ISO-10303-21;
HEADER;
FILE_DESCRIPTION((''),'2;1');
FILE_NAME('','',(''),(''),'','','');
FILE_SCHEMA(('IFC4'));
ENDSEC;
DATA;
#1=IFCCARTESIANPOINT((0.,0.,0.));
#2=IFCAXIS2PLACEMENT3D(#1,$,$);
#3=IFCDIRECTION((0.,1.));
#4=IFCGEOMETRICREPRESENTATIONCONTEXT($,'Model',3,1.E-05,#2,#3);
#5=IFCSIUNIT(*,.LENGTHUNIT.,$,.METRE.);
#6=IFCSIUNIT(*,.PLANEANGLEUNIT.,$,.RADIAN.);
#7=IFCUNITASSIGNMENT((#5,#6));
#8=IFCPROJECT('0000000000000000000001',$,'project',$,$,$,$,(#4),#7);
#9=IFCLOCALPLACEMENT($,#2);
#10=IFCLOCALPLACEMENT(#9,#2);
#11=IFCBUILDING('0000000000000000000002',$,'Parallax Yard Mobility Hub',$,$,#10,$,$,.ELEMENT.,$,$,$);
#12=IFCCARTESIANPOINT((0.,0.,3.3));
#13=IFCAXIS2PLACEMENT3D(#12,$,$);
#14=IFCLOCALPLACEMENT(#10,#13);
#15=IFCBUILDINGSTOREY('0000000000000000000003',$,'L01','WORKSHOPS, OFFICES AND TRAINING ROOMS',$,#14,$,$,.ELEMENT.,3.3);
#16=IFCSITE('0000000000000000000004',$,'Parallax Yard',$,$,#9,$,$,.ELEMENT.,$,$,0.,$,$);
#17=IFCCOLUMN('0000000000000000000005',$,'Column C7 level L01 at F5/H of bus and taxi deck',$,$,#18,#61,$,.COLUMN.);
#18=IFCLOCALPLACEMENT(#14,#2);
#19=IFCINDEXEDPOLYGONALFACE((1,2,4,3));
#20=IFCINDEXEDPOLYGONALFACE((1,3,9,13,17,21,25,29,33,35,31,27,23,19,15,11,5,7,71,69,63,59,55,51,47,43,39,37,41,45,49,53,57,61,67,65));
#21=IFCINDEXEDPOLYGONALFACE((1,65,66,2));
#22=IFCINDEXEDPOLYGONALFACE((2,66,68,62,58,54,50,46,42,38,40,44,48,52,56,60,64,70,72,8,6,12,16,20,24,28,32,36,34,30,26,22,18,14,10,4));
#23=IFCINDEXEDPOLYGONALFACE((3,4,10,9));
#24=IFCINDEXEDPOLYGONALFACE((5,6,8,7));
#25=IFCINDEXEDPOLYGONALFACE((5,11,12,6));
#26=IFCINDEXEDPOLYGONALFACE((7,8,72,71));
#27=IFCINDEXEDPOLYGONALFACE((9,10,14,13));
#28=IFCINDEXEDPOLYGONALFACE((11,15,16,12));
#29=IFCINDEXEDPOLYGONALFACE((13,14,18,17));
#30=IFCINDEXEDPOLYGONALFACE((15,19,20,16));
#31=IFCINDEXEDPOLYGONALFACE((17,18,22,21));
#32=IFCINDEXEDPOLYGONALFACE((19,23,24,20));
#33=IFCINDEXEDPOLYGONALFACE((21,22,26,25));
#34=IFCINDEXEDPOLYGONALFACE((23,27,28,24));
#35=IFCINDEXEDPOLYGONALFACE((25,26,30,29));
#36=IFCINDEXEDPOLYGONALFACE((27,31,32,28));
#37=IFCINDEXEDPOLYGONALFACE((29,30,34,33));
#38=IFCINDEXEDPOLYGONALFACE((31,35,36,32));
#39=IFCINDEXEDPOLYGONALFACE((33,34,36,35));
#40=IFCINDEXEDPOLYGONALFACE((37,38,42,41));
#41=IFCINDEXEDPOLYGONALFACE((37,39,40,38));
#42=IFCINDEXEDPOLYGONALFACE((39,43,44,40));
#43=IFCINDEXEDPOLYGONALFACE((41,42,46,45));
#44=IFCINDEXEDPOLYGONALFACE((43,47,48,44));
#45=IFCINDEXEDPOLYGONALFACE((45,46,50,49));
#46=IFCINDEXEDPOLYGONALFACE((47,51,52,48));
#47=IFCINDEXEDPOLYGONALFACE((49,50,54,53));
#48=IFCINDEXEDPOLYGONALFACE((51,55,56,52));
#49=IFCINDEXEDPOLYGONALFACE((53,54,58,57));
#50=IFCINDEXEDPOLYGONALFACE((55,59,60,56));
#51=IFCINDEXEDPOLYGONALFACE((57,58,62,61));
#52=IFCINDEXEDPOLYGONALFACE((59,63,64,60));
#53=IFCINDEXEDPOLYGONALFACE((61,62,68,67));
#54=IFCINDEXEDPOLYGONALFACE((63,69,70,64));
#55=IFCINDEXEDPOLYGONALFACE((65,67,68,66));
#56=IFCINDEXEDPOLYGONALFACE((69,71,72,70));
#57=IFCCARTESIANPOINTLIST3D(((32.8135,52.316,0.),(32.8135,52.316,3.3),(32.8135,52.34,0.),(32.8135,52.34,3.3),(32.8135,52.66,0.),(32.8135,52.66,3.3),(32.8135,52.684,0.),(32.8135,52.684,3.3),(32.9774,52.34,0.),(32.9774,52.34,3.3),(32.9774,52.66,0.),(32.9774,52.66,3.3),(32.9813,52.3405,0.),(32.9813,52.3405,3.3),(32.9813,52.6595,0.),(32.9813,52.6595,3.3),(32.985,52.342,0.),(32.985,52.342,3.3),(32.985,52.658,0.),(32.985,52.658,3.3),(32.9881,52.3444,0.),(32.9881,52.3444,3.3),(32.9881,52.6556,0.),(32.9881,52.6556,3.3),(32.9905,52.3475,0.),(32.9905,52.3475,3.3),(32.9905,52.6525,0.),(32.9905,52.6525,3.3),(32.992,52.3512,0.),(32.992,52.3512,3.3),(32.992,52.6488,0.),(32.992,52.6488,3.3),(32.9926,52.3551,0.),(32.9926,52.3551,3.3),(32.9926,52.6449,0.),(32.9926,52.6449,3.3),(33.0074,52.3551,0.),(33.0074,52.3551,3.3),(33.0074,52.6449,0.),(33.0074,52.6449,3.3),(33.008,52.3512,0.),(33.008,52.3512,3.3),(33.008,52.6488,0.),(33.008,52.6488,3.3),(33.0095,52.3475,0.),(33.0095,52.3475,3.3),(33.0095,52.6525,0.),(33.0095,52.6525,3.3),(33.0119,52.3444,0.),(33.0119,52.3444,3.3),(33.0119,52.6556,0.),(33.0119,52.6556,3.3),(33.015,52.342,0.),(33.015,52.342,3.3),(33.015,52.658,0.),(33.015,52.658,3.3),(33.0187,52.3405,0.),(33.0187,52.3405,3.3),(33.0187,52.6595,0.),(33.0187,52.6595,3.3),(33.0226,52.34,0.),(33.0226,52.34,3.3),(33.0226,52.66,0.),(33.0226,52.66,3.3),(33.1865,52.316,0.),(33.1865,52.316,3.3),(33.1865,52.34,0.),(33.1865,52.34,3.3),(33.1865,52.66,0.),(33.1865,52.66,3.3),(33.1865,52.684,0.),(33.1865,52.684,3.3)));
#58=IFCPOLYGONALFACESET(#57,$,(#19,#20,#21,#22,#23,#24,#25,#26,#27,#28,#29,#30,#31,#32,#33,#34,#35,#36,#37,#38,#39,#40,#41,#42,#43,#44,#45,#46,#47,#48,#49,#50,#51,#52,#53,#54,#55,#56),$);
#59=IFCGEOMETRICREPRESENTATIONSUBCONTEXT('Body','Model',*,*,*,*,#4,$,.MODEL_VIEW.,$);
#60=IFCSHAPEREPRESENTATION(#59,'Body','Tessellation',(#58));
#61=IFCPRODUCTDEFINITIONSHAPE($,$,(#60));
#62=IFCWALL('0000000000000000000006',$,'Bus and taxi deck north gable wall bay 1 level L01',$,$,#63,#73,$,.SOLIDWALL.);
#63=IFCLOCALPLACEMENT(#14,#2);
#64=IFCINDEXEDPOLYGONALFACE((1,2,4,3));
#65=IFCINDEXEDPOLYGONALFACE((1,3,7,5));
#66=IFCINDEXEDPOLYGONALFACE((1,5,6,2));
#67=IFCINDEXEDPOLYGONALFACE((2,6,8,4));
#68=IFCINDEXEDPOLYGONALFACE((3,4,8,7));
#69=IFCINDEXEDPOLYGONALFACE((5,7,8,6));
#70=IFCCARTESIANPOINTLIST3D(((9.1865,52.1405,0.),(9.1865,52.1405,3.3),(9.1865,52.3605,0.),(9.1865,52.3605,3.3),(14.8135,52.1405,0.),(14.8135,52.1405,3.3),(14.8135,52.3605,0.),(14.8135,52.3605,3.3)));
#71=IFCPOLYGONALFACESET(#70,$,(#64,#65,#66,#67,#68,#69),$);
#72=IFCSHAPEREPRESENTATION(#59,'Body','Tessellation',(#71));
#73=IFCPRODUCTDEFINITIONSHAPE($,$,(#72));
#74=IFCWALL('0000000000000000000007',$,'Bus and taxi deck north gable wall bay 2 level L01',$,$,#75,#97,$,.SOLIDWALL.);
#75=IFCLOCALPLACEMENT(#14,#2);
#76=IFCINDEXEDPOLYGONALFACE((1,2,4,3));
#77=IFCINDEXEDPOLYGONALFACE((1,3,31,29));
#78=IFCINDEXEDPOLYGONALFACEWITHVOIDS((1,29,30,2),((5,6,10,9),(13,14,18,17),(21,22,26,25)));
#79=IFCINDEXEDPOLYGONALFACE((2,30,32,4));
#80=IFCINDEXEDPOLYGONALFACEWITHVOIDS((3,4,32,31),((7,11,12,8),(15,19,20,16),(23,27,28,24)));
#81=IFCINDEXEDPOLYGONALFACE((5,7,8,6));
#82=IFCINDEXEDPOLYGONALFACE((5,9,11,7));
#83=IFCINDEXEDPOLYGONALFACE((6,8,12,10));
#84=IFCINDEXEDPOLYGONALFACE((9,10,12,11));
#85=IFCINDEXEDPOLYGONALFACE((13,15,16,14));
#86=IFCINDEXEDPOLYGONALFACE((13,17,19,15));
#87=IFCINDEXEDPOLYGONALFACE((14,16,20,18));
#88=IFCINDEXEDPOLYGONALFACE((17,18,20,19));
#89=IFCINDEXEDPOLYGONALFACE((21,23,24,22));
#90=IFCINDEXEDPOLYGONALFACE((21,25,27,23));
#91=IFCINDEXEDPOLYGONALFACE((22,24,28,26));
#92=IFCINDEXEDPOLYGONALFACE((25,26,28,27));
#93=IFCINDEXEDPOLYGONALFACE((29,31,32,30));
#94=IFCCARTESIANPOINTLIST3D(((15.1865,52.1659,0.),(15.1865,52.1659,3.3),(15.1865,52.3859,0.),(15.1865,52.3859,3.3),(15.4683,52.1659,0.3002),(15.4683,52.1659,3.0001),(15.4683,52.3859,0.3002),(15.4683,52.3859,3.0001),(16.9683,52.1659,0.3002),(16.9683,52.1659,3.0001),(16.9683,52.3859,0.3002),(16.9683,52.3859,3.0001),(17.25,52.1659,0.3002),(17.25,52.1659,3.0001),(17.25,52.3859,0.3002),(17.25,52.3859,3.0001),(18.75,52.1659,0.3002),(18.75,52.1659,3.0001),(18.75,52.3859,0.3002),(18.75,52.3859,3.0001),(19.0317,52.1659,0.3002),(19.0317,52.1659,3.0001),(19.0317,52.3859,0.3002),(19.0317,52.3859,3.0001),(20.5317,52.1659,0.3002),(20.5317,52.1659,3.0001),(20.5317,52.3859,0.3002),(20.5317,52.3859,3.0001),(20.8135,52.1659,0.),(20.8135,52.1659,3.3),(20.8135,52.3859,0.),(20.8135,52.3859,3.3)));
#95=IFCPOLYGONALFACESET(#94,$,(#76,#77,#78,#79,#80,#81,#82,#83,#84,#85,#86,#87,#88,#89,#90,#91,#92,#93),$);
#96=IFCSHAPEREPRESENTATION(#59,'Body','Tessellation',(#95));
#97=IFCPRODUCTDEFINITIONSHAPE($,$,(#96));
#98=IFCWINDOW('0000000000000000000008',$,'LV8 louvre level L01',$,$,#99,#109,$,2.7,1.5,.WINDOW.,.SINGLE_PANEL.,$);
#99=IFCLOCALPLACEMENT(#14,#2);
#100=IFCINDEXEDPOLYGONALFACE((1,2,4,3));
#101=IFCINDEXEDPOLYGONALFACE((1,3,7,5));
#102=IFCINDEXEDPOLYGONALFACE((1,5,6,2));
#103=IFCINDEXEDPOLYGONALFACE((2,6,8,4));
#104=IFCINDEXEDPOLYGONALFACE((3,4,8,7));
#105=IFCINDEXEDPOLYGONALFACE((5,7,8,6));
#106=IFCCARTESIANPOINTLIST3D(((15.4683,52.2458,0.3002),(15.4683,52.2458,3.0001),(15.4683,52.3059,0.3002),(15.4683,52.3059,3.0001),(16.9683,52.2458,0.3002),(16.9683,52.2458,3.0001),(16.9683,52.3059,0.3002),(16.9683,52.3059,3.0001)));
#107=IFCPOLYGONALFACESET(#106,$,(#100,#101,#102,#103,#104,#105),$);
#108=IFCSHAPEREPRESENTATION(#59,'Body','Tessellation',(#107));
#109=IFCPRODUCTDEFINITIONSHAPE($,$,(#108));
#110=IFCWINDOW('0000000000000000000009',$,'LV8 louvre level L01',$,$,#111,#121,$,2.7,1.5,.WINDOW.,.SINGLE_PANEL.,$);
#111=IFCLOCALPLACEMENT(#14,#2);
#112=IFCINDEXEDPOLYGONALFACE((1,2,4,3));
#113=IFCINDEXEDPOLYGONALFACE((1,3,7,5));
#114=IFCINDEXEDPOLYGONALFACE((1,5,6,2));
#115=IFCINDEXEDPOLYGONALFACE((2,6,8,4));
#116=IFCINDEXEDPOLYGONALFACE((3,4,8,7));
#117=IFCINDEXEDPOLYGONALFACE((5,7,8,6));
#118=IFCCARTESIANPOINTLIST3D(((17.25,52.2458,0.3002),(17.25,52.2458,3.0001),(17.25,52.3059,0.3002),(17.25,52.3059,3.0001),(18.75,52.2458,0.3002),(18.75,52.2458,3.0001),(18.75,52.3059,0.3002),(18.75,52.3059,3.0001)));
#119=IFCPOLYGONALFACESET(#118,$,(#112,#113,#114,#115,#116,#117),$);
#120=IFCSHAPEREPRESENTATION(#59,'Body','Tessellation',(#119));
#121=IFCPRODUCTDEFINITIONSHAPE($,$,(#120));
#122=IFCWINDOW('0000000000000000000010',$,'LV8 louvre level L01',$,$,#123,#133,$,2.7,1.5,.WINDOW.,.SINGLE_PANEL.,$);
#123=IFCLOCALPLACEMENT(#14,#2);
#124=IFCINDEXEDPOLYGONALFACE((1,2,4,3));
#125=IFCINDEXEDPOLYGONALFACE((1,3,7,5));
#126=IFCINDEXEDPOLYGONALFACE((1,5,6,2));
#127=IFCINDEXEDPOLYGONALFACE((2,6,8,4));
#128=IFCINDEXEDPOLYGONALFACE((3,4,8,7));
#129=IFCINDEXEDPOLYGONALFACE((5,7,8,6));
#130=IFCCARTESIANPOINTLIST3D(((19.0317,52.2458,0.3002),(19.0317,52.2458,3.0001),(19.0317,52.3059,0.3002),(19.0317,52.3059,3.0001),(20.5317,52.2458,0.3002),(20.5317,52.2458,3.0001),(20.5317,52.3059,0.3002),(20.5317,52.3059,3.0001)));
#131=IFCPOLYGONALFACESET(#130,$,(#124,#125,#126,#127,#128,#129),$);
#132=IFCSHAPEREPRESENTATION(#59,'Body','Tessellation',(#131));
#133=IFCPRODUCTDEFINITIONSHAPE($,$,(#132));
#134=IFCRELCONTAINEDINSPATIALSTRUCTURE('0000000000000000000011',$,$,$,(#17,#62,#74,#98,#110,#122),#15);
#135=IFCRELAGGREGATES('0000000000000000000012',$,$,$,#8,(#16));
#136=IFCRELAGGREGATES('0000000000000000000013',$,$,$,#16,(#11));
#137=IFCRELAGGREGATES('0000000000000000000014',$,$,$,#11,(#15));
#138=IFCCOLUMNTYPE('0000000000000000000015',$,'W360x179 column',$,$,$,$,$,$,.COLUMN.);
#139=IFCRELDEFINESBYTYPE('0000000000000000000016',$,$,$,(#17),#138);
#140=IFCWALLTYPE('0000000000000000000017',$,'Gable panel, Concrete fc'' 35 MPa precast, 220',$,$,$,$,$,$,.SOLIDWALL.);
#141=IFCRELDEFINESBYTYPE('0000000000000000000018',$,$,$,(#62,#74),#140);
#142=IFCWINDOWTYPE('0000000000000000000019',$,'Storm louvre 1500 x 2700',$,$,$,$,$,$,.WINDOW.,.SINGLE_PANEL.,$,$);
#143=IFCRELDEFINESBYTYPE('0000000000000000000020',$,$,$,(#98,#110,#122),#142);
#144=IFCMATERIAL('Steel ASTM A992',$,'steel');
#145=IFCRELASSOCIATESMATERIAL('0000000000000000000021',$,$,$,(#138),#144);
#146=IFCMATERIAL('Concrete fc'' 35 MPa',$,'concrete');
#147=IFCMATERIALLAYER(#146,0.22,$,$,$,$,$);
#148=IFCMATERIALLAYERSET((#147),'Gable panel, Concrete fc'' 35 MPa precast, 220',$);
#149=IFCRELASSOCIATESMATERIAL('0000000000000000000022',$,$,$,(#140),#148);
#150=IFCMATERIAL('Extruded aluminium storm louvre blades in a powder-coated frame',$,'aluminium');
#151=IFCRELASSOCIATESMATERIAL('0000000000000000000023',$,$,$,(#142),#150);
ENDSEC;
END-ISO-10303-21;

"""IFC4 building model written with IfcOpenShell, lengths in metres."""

from ifc_helpers import new_model, si_unit, direction, frame, frame_2d, origin, origin_2d, place, context, subcontext, project, spatial, rectangle, i_section, extrude, material, layer, layer_set, material_profile, profile_set, type_object, element, fill, save


model = new_model("IFC4")

# Units and contexts
model_context = context("Model", 3, precision=1e-05, world=origin(), true_north=direction((0.0, 1.0)))
body_context = subcontext(model_context, "Body", "Model", "MODEL_VIEW")
ifc_project = project(units=[si_unit("LENGTHUNIT", "METRE"), si_unit("PLANEANGLEUNIT", "RADIAN")], contexts=[model_context])

# Site, building, storey
site_placement = place(None, origin())
site = spatial("IfcSite", under=ifc_project, at=site_placement, Name="Parallax Yard", CompositionType="ELEMENT", RefElevation=0.0)
building_placement = place(site_placement, origin())
building = spatial("IfcBuilding", under=site, at=building_placement, Name="Parallax Yard Mobility Hub", CompositionType="ELEMENT")
storey_placement = place(building_placement, frame((0.0, 0.0, 3.3)))
storey = spatial("IfcBuildingStorey", under=building, at=storey_placement, Name="L01", Description="WORKSHOPS, OFFICES AND TRAINING ROOMS", CompositionType="ELEMENT", Elevation=3.3)

# Column
ifc_material_1 = material(Name="Steel ASTM A992", Category="steel")
ifc_material_profile = material_profile(ifc_material_1, i_section(OverallWidth=0.373, OverallDepth=0.3679, WebThickness=0.0149, FlangeThickness=0.0239, FilletRadius=0.0151, at=origin_2d()), Name="W360x179")
ifc_profile_set = profile_set([ifc_material_profile], Name="Steel ASTM A992")
column_type = type_object("IfcColumnType", Name="W360x179 column", PredefinedType="COLUMN", material=ifc_profile_set)
for number, where, z_axis, x_axis, name in (
    (1, (33.0, 52.5, 0.0), (0.0, 0.0, 1.0), (1.0, 0.0, 0.0), "Column C7 level L01 at F5/H of bus and taxi deck"),
):
    element("IfcColumn", number, at=place(storey_placement, frame(where, z_axis=z_axis, x_axis=x_axis)), inside=storey, type_object=column_type, Name=name, PredefinedType="COLUMN", context=body_context, shape_type="SweptSolid", body=[
        extrude(i_section(OverallWidth=0.373, OverallDepth=0.3679, WebThickness=0.0149, FlangeThickness=0.0239, FilletRadius=0.0151, at=origin_2d()), origin(), (0.0, 0.0, 1.0), 3.3),
    ])

# Wall
ifc_material_2 = material(Name="Concrete fc' 35 MPa", Category="concrete")
ifc_layer = layer(ifc_material_2, 0.22)
ifc_layer_set = layer_set([ifc_layer], Name="Gable panel, Concrete fc' 35 MPa precast, 220")
wall_type = type_object("IfcWallType", Name="Gable panel, Concrete fc' 35 MPa precast, 220", PredefinedType="SOLIDWALL", material=ifc_layer_set)
wall_1_placement = place(storey_placement, frame((9.1865, 52.2505, 0.0), z_axis=(0.0, 0.0, 1.0), x_axis=(1.0, 0.0, 0.0)))
element("IfcWall", 2, at=wall_1_placement, inside=storey, type_object=wall_type, Name="Bus and taxi deck north gable wall bay 1 level L01", PredefinedType="SOLIDWALL", context=body_context, shape_type="SweptSolid", body=[
    extrude(rectangle(XDim=5.627, YDim=0.22, at=frame_2d((2.8135, 0.0))), origin(), (0.0, 0.0, 1.0), 3.3),
])

# Wall, openings, windows
wall_2_placement = place(storey_placement, frame((15.1865, 52.2759, 0.0), z_axis=(0.0, 0.0, 1.0), x_axis=(1.0, 0.0, 0.0)))
wall_2 = element("IfcWall", 3, at=wall_2_placement, inside=storey, type_object=wall_type, Name="Bus and taxi deck north gable wall bay 2 level L01", PredefinedType="SOLIDWALL", context=body_context, shape_type="SweptSolid", body=[
    extrude(rectangle(XDim=5.627, YDim=0.22, at=frame_2d((2.8135, 0.0))), origin(), (0.0, 0.0, 1.0), 3.3),
])
opening_1_placement = place(wall_2_placement, frame((0.2817, 0.0, 0.3)))
opening_1 = element("IfcOpeningElement", 4, at=opening_1_placement, cuts=wall_2, PredefinedType="OPENING", context=body_context, shape_type="SweptSolid", body=[
    extrude(rectangle(XDim=1.5, YDim=2.7, at=frame_2d((0.75, 1.3501))), frame((0.0, 0.1201, 0.0), z_axis=(0.0, -1.0, 0.0), x_axis=(1.0, 0.0, 0.0)), (0.0, 0.0, 1.0), 0.24),
])
opening_2_placement = place(wall_2_placement, frame((2.0635, 0.0, 0.3)))
opening_2 = element("IfcOpeningElement", 5, at=opening_2_placement, cuts=wall_2, PredefinedType="OPENING", context=body_context, shape_type="SweptSolid", body=[
    extrude(rectangle(XDim=1.5, YDim=2.7, at=frame_2d((0.75, 1.3501))), frame((0.0, 0.1201, 0.0), z_axis=(0.0, -1.0, 0.0), x_axis=(1.0, 0.0, 0.0)), (0.0, 0.0, 1.0), 0.24),
])
opening_3_placement = place(wall_2_placement, frame((3.8452, 0.0, 0.3)))
opening_3 = element("IfcOpeningElement", 6, at=opening_3_placement, cuts=wall_2, PredefinedType="OPENING", context=body_context, shape_type="SweptSolid", body=[
    extrude(rectangle(XDim=1.5, YDim=2.7, at=frame_2d((0.75, 1.3501))), frame((0.0, 0.1201, 0.0), z_axis=(0.0, -1.0, 0.0), x_axis=(1.0, 0.0, 0.0)), (0.0, 0.0, 1.0), 0.24),
])
ifc_material_3 = material(Name="Extruded aluminium storm louvre blades in a powder-coated frame", Category="aluminium")
window_type = type_object("IfcWindowType", Name="Storm louvre 1500 x 2700", PartitioningType="SINGLE_PANEL", PredefinedType="WINDOW", material=ifc_material_3)
window_1_placement = place(opening_1_placement, origin())
window_1 = element("IfcWindow", 7, at=window_1_placement, inside=storey, type_object=window_type, Name="LV8 louvre level L01", OverallHeight=2.7, OverallWidth=1.5, PartitioningType="SINGLE_PANEL", PredefinedType="WINDOW", context=body_context, shape_type="SweptSolid", body=[
    extrude(rectangle(XDim=1.5, YDim=2.7, at=frame_2d((0.75, 1.3501))), frame((0.0, 0.03, 0.0), z_axis=(0.0, -1.0, 0.0), x_axis=(1.0, 0.0, 0.0)), (0.0, 0.0, 1.0), 0.0601),
])
fill(opening_1, window_1)
window_2_placement = place(opening_2_placement, origin())
window_2 = element("IfcWindow", 8, at=window_2_placement, inside=storey, type_object=window_type, Name="LV8 louvre level L01", OverallHeight=2.7, OverallWidth=1.5, PartitioningType="SINGLE_PANEL", PredefinedType="WINDOW", context=body_context, shape_type="SweptSolid", body=[
    extrude(rectangle(XDim=1.5, YDim=2.7, at=frame_2d((0.75, 1.3501))), frame((0.0, 0.03, 0.0), z_axis=(0.0, -1.0, 0.0), x_axis=(1.0, 0.0, 0.0)), (0.0, 0.0, 1.0), 0.0601),
])
fill(opening_2, window_2)
window_3_placement = place(opening_3_placement, origin())
window_3 = element("IfcWindow", 9, at=window_3_placement, inside=storey, type_object=window_type, Name="LV8 louvre level L01", OverallHeight=2.7, OverallWidth=1.5, PartitioningType="SINGLE_PANEL", PredefinedType="WINDOW", context=body_context, shape_type="SweptSolid", body=[
    extrude(rectangle(XDim=1.5, YDim=2.7, at=frame_2d((0.75, 1.3501))), frame((0.0, 0.03, 0.0), z_axis=(0.0, -1.0, 0.0), x_axis=(1.0, 0.0, 0.0)), (0.0, 0.0, 1.0), 0.0601),
])
fill(opening_3, window_3)

save(model, "model.ifc")
